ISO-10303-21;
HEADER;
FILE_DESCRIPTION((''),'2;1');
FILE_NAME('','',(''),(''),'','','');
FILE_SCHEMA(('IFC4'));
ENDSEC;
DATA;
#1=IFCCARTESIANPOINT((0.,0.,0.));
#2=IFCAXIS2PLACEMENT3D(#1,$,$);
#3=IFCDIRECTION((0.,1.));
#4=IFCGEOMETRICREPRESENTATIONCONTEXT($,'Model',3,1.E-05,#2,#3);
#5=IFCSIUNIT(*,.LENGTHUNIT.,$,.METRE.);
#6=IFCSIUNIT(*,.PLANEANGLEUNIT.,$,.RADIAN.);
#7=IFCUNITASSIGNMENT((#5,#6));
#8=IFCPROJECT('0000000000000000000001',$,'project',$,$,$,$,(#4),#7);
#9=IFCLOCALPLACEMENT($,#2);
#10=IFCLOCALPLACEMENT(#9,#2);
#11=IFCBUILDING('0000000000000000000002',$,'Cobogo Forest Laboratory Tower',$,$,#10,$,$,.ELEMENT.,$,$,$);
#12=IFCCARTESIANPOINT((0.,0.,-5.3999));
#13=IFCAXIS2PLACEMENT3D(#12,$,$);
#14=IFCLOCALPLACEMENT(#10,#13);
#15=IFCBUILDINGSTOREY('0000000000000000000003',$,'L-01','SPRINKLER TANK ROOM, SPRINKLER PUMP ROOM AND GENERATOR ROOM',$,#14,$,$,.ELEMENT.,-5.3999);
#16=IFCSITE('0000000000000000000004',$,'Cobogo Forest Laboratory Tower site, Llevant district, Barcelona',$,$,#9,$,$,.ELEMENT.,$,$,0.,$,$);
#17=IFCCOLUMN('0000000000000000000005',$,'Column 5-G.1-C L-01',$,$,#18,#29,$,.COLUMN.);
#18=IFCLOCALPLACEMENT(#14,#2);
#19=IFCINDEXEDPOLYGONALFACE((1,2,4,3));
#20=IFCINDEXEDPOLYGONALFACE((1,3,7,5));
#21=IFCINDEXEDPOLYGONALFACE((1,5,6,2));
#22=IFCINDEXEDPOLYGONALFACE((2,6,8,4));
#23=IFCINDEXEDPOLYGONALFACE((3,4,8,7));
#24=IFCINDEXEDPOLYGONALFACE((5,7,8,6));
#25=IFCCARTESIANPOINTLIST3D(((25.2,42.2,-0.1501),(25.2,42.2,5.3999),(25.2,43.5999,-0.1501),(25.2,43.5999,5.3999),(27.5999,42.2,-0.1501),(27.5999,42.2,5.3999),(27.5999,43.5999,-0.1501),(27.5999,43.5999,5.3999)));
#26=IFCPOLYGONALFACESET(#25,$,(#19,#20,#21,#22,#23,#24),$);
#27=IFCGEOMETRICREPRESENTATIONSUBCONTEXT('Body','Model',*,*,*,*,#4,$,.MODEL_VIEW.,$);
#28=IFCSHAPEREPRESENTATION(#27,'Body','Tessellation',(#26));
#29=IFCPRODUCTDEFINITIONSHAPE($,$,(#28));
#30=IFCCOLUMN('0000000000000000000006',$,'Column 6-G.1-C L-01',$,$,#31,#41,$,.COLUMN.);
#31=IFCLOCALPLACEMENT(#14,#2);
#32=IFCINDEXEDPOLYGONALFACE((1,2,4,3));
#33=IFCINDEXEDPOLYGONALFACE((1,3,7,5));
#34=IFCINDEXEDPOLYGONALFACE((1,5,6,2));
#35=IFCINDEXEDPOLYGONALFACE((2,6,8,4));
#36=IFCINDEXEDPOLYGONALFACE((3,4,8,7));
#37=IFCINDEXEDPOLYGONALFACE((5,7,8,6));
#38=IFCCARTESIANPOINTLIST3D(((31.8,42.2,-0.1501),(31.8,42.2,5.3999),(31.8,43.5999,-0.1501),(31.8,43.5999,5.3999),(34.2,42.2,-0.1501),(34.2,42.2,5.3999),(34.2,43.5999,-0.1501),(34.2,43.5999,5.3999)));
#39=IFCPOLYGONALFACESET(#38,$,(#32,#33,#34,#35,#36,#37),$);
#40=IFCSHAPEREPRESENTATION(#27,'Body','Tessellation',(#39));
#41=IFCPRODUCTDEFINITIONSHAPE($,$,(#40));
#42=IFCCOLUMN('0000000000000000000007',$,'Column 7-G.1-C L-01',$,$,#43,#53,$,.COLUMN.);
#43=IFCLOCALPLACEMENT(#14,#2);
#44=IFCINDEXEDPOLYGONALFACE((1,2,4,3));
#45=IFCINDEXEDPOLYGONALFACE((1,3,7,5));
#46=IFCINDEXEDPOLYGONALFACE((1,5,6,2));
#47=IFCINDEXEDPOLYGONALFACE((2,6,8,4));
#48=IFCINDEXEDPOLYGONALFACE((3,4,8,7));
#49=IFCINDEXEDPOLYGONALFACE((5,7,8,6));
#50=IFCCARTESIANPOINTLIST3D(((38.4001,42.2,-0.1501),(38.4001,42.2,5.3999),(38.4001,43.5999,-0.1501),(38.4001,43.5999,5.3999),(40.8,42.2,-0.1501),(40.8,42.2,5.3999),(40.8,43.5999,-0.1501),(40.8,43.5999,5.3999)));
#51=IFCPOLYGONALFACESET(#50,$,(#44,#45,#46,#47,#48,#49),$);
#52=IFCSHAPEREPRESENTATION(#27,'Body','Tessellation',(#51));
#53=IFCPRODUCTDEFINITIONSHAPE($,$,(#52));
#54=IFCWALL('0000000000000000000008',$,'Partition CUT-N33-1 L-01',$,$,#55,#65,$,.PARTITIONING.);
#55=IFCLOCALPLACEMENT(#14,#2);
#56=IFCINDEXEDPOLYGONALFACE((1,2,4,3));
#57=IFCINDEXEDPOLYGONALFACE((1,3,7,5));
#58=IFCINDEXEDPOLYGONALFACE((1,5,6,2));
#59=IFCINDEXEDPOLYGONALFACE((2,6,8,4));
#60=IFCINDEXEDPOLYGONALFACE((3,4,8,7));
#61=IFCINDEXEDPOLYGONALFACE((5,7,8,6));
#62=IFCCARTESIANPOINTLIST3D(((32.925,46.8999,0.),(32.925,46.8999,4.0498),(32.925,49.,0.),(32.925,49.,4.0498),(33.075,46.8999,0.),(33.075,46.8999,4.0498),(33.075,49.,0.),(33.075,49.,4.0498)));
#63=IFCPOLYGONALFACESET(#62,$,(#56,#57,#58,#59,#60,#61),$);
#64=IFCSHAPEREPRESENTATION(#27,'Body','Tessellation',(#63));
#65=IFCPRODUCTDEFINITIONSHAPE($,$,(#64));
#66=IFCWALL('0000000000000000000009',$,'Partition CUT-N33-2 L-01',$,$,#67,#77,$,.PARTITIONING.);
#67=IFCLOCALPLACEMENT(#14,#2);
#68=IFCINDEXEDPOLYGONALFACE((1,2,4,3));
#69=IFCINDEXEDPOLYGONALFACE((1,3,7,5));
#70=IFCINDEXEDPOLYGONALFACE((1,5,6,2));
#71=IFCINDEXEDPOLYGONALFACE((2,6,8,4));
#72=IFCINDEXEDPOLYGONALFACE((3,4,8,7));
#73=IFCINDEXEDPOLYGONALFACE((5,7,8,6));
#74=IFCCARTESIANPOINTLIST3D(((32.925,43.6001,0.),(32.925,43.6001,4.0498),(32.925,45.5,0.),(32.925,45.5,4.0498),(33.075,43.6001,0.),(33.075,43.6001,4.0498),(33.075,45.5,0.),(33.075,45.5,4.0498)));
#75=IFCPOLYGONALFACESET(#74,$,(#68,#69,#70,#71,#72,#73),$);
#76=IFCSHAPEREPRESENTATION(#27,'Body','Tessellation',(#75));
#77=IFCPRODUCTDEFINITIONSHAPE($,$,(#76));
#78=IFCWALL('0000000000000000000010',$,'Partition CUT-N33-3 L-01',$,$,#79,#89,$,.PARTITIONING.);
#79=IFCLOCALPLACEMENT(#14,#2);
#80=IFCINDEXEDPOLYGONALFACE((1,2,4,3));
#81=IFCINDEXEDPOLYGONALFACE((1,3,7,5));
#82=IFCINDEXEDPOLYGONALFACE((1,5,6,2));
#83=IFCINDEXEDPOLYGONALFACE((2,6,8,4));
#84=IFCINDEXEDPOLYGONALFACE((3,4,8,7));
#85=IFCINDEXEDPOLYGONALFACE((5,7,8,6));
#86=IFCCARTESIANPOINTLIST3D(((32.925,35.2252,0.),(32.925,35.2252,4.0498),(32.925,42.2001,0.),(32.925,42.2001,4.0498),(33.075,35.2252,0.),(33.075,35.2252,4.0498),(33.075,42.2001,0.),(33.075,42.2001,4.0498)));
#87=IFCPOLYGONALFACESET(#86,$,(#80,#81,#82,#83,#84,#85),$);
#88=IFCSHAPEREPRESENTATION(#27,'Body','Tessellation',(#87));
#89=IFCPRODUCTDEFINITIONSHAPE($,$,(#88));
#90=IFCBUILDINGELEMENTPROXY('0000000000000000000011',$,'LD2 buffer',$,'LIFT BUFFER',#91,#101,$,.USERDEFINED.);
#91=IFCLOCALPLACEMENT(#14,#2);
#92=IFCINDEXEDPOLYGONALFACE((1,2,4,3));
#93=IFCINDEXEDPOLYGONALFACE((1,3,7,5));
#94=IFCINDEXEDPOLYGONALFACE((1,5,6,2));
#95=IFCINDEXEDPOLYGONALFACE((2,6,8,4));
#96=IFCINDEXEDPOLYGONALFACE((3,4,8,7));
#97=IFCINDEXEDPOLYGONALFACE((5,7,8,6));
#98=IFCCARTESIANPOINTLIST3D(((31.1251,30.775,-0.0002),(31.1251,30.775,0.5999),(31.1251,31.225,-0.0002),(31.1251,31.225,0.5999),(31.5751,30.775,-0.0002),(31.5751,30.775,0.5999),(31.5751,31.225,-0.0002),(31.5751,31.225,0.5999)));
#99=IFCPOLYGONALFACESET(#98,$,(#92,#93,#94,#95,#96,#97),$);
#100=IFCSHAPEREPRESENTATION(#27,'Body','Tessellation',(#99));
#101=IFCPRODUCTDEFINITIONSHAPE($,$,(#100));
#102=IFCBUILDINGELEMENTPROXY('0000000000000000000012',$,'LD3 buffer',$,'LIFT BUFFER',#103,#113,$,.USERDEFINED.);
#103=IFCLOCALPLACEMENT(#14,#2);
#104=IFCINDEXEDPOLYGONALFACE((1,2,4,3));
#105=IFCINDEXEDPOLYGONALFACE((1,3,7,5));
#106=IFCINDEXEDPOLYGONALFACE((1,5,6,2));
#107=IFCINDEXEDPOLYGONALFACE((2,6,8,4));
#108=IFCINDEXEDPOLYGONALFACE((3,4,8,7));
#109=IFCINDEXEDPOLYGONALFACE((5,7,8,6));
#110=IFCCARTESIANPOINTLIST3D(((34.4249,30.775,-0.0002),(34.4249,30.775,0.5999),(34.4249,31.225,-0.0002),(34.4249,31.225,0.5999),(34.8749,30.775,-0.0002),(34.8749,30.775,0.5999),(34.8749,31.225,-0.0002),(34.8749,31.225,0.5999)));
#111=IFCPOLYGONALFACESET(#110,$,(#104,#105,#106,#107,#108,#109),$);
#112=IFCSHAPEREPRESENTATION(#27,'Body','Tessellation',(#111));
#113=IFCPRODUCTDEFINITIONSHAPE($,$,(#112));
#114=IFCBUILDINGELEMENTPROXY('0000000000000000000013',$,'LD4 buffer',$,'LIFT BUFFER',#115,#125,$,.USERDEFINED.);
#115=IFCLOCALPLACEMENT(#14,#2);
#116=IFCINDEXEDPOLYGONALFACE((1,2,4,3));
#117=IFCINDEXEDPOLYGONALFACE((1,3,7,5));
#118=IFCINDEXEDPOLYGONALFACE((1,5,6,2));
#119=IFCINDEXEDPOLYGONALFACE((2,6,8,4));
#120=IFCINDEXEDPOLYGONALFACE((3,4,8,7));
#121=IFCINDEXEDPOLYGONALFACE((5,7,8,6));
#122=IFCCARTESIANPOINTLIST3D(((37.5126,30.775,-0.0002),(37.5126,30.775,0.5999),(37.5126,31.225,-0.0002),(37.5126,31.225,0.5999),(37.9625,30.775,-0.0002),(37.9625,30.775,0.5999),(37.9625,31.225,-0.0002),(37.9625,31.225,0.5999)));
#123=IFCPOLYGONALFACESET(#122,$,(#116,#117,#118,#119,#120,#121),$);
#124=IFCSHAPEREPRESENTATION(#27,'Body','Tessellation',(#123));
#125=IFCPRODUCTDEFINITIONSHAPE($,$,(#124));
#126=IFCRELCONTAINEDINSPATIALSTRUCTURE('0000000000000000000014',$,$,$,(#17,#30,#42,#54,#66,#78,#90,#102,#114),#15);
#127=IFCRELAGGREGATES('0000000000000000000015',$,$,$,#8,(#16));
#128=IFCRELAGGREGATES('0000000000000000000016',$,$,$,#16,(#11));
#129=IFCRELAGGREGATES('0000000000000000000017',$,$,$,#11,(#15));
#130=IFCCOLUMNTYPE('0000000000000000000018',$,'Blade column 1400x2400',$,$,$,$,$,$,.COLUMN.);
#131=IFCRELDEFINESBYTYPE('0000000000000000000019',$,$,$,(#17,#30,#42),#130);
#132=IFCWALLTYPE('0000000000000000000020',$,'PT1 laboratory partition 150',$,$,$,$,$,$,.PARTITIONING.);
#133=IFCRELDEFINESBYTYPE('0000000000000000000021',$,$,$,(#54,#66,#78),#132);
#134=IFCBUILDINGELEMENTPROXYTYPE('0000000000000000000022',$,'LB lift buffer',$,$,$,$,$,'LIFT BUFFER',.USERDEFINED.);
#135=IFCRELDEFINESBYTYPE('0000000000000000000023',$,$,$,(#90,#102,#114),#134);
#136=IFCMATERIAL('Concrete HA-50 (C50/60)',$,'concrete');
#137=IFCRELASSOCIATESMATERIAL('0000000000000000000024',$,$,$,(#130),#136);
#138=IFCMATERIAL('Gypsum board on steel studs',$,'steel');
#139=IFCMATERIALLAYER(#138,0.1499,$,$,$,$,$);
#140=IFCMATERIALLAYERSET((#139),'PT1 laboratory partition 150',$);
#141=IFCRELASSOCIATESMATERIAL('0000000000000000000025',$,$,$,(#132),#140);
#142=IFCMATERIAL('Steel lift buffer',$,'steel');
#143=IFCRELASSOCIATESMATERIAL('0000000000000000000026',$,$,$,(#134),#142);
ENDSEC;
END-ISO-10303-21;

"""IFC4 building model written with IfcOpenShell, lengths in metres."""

from ifc_helpers import new_model, si_unit, direction, frame, frame_2d, origin, origin_2d, place, context, subcontext, project, spatial, rectangle, extrude, material, layer, layer_set, material_profile, profile_set, type_object, element, save


model = new_model("IFC4")

# Units and contexts
model_context = context("Model", 3, precision=1e-05, world=origin(), true_north=direction((0.0, 1.0)))
body_context = subcontext(model_context, "Body", "Model", "MODEL_VIEW")
ifc_project = project(units=[si_unit("LENGTHUNIT", "METRE"), si_unit("PLANEANGLEUNIT", "RADIAN")], contexts=[model_context])

# Site, building, storey
site_placement = place(None, origin())
site = spatial("IfcSite", under=ifc_project, at=site_placement, Name="Cobogo Forest Laboratory Tower site, Llevant district, Barcelona", CompositionType="ELEMENT", RefElevation=0.0)
building_placement = place(site_placement, origin())
building = spatial("IfcBuilding", under=site, at=building_placement, Name="Cobogo Forest Laboratory Tower", CompositionType="ELEMENT")
storey_placement = place(building_placement, frame((0.0, 0.0, -5.3999)))
storey = spatial("IfcBuildingStorey", under=building, at=storey_placement, Name="L-01", Description="SPRINKLER TANK ROOM, SPRINKLER PUMP ROOM AND GENERATOR ROOM", CompositionType="ELEMENT", Elevation=-5.3999)

# Columns
ifc_material_1 = material(Name="Concrete HA-50 (C50/60)", Category="concrete")
ifc_material_profile_1 = material_profile(ifc_material_1, rectangle(XDim=2.3999, YDim=1.3999, at=origin_2d()), Name="RC 1400x2400")
ifc_profile_set_1 = profile_set([ifc_material_profile_1], Name="Concrete HA-50 (C50/60)")
column_type = type_object("IfcColumnType", Name="Blade column 1400x2400", PredefinedType="COLUMN", material=ifc_profile_set_1)
for number, where, z_axis, x_axis, name in (
    (1, (26.3999, 42.8999, -0.1501), (0.0, 0.0, 1.0), (1.0, 0.0, 0.0), "Column 5-G.1-C L-01"),
    (2, (33.0, 42.8999, -0.1501), (0.0, 0.0, 1.0), (1.0, 0.0, 0.0), "Column 6-G.1-C L-01"),
    (3, (39.6001, 42.8999, -0.1501), (0.0, 0.0, 1.0), (1.0, 0.0, 0.0), "Column 7-G.1-C L-01"),
):
    element("IfcColumn", number, at=place(storey_placement, frame(where, z_axis=z_axis, x_axis=x_axis)), inside=storey, type_object=column_type, Name=name, PredefinedType="COLUMN", context=body_context, shape_type="SweptSolid", body=[
        extrude(rectangle(XDim=2.3999, YDim=1.3999, at=origin_2d()), origin(), (0.0, 0.0, 1.0), 5.55),
    ])

# Walls
ifc_material_2 = material(Name="Gypsum board on steel studs", Category="steel")
ifc_layer = layer(ifc_material_2, 0.1499)
ifc_layer_set = layer_set([ifc_layer], Name="PT1 laboratory partition 150")
wall_type = type_object("IfcWallType", Name="PT1 laboratory partition 150", PredefinedType="PARTITIONING", material=ifc_layer_set)
wall_1_placement = place(storey_placement, frame((33.0, 49.0, 0.0), z_axis=(0.0, 0.0, 1.0), x_axis=(0.0, -1.0, 0.0)))
element("IfcWall", 4, at=wall_1_placement, inside=storey, type_object=wall_type, Name="Partition CUT-N33-1 L-01", PredefinedType="PARTITIONING", context=body_context, shape_type="SweptSolid", body=[
    extrude(rectangle(XDim=2.1001, YDim=0.1499, at=frame_2d((1.05, 0.0))), origin(), (0.0, 0.0, 1.0), 4.0498),
])
wall_2_placement = place(storey_placement, frame((33.0, 45.5, 0.0), z_axis=(0.0, 0.0, 1.0), x_axis=(0.0, -1.0, 0.0)))
element("IfcWall", 5, at=wall_2_placement, inside=storey, type_object=wall_type, Name="Partition CUT-N33-2 L-01", PredefinedType="PARTITIONING", context=body_context, shape_type="SweptSolid", body=[
    extrude(rectangle(XDim=1.8999, YDim=0.1499, at=frame_2d((0.95, 0.0))), origin(), (0.0, 0.0, 1.0), 4.0498),
])
wall_3_placement = place(storey_placement, frame((33.0, 42.2, 0.0), z_axis=(0.0, 0.0, 1.0), x_axis=(0.0, -1.0, 0.0)))
element("IfcWall", 6, at=wall_3_placement, inside=storey, type_object=wall_type, Name="Partition CUT-N33-3 L-01", PredefinedType="PARTITIONING", context=body_context, shape_type="SweptSolid", body=[
    extrude(rectangle(XDim=6.9749, YDim=0.1499, at=frame_2d((3.4873, 0.0))), origin(), (0.0, 0.0, 1.0), 4.0498),
])

# Building element proxies
ifc_material_3 = material(Name="Steel lift buffer", Category="steel")
building_element_proxy_type = type_object("IfcBuildingElementProxyType", Name="LB lift buffer", ElementType="LIFT BUFFER", PredefinedType="USERDEFINED", material=ifc_material_3)
for number, where, z_axis, x_axis, name in (
    (7, (31.3501, 31.0, -0.0002), (0.0, 0.0, 1.0), (1.0, 0.0, 0.0), "LD2 buffer"),
    (8, (34.6499, 31.0, -0.0002), (0.0, 0.0, 1.0), (1.0, 0.0, 0.0), "LD3 buffer"),
    (9, (37.7375, 31.0, -0.0002), (0.0, 0.0, 1.0), (1.0, 0.0, 0.0), "LD4 buffer"),
):
    element("IfcBuildingElementProxy", number, at=place(storey_placement, frame(where, z_axis=z_axis, x_axis=x_axis)), inside=storey, type_object=building_element_proxy_type, Name=name, ObjectType="LIFT BUFFER", PredefinedType="USERDEFINED", context=body_context, shape_type="SweptSolid", body=[
        extrude(rectangle(XDim=0.45, YDim=0.45, at=origin_2d()), origin(), (0.0, 0.0, 1.0), 0.6001),
    ])

save(model, "model.ifc")
